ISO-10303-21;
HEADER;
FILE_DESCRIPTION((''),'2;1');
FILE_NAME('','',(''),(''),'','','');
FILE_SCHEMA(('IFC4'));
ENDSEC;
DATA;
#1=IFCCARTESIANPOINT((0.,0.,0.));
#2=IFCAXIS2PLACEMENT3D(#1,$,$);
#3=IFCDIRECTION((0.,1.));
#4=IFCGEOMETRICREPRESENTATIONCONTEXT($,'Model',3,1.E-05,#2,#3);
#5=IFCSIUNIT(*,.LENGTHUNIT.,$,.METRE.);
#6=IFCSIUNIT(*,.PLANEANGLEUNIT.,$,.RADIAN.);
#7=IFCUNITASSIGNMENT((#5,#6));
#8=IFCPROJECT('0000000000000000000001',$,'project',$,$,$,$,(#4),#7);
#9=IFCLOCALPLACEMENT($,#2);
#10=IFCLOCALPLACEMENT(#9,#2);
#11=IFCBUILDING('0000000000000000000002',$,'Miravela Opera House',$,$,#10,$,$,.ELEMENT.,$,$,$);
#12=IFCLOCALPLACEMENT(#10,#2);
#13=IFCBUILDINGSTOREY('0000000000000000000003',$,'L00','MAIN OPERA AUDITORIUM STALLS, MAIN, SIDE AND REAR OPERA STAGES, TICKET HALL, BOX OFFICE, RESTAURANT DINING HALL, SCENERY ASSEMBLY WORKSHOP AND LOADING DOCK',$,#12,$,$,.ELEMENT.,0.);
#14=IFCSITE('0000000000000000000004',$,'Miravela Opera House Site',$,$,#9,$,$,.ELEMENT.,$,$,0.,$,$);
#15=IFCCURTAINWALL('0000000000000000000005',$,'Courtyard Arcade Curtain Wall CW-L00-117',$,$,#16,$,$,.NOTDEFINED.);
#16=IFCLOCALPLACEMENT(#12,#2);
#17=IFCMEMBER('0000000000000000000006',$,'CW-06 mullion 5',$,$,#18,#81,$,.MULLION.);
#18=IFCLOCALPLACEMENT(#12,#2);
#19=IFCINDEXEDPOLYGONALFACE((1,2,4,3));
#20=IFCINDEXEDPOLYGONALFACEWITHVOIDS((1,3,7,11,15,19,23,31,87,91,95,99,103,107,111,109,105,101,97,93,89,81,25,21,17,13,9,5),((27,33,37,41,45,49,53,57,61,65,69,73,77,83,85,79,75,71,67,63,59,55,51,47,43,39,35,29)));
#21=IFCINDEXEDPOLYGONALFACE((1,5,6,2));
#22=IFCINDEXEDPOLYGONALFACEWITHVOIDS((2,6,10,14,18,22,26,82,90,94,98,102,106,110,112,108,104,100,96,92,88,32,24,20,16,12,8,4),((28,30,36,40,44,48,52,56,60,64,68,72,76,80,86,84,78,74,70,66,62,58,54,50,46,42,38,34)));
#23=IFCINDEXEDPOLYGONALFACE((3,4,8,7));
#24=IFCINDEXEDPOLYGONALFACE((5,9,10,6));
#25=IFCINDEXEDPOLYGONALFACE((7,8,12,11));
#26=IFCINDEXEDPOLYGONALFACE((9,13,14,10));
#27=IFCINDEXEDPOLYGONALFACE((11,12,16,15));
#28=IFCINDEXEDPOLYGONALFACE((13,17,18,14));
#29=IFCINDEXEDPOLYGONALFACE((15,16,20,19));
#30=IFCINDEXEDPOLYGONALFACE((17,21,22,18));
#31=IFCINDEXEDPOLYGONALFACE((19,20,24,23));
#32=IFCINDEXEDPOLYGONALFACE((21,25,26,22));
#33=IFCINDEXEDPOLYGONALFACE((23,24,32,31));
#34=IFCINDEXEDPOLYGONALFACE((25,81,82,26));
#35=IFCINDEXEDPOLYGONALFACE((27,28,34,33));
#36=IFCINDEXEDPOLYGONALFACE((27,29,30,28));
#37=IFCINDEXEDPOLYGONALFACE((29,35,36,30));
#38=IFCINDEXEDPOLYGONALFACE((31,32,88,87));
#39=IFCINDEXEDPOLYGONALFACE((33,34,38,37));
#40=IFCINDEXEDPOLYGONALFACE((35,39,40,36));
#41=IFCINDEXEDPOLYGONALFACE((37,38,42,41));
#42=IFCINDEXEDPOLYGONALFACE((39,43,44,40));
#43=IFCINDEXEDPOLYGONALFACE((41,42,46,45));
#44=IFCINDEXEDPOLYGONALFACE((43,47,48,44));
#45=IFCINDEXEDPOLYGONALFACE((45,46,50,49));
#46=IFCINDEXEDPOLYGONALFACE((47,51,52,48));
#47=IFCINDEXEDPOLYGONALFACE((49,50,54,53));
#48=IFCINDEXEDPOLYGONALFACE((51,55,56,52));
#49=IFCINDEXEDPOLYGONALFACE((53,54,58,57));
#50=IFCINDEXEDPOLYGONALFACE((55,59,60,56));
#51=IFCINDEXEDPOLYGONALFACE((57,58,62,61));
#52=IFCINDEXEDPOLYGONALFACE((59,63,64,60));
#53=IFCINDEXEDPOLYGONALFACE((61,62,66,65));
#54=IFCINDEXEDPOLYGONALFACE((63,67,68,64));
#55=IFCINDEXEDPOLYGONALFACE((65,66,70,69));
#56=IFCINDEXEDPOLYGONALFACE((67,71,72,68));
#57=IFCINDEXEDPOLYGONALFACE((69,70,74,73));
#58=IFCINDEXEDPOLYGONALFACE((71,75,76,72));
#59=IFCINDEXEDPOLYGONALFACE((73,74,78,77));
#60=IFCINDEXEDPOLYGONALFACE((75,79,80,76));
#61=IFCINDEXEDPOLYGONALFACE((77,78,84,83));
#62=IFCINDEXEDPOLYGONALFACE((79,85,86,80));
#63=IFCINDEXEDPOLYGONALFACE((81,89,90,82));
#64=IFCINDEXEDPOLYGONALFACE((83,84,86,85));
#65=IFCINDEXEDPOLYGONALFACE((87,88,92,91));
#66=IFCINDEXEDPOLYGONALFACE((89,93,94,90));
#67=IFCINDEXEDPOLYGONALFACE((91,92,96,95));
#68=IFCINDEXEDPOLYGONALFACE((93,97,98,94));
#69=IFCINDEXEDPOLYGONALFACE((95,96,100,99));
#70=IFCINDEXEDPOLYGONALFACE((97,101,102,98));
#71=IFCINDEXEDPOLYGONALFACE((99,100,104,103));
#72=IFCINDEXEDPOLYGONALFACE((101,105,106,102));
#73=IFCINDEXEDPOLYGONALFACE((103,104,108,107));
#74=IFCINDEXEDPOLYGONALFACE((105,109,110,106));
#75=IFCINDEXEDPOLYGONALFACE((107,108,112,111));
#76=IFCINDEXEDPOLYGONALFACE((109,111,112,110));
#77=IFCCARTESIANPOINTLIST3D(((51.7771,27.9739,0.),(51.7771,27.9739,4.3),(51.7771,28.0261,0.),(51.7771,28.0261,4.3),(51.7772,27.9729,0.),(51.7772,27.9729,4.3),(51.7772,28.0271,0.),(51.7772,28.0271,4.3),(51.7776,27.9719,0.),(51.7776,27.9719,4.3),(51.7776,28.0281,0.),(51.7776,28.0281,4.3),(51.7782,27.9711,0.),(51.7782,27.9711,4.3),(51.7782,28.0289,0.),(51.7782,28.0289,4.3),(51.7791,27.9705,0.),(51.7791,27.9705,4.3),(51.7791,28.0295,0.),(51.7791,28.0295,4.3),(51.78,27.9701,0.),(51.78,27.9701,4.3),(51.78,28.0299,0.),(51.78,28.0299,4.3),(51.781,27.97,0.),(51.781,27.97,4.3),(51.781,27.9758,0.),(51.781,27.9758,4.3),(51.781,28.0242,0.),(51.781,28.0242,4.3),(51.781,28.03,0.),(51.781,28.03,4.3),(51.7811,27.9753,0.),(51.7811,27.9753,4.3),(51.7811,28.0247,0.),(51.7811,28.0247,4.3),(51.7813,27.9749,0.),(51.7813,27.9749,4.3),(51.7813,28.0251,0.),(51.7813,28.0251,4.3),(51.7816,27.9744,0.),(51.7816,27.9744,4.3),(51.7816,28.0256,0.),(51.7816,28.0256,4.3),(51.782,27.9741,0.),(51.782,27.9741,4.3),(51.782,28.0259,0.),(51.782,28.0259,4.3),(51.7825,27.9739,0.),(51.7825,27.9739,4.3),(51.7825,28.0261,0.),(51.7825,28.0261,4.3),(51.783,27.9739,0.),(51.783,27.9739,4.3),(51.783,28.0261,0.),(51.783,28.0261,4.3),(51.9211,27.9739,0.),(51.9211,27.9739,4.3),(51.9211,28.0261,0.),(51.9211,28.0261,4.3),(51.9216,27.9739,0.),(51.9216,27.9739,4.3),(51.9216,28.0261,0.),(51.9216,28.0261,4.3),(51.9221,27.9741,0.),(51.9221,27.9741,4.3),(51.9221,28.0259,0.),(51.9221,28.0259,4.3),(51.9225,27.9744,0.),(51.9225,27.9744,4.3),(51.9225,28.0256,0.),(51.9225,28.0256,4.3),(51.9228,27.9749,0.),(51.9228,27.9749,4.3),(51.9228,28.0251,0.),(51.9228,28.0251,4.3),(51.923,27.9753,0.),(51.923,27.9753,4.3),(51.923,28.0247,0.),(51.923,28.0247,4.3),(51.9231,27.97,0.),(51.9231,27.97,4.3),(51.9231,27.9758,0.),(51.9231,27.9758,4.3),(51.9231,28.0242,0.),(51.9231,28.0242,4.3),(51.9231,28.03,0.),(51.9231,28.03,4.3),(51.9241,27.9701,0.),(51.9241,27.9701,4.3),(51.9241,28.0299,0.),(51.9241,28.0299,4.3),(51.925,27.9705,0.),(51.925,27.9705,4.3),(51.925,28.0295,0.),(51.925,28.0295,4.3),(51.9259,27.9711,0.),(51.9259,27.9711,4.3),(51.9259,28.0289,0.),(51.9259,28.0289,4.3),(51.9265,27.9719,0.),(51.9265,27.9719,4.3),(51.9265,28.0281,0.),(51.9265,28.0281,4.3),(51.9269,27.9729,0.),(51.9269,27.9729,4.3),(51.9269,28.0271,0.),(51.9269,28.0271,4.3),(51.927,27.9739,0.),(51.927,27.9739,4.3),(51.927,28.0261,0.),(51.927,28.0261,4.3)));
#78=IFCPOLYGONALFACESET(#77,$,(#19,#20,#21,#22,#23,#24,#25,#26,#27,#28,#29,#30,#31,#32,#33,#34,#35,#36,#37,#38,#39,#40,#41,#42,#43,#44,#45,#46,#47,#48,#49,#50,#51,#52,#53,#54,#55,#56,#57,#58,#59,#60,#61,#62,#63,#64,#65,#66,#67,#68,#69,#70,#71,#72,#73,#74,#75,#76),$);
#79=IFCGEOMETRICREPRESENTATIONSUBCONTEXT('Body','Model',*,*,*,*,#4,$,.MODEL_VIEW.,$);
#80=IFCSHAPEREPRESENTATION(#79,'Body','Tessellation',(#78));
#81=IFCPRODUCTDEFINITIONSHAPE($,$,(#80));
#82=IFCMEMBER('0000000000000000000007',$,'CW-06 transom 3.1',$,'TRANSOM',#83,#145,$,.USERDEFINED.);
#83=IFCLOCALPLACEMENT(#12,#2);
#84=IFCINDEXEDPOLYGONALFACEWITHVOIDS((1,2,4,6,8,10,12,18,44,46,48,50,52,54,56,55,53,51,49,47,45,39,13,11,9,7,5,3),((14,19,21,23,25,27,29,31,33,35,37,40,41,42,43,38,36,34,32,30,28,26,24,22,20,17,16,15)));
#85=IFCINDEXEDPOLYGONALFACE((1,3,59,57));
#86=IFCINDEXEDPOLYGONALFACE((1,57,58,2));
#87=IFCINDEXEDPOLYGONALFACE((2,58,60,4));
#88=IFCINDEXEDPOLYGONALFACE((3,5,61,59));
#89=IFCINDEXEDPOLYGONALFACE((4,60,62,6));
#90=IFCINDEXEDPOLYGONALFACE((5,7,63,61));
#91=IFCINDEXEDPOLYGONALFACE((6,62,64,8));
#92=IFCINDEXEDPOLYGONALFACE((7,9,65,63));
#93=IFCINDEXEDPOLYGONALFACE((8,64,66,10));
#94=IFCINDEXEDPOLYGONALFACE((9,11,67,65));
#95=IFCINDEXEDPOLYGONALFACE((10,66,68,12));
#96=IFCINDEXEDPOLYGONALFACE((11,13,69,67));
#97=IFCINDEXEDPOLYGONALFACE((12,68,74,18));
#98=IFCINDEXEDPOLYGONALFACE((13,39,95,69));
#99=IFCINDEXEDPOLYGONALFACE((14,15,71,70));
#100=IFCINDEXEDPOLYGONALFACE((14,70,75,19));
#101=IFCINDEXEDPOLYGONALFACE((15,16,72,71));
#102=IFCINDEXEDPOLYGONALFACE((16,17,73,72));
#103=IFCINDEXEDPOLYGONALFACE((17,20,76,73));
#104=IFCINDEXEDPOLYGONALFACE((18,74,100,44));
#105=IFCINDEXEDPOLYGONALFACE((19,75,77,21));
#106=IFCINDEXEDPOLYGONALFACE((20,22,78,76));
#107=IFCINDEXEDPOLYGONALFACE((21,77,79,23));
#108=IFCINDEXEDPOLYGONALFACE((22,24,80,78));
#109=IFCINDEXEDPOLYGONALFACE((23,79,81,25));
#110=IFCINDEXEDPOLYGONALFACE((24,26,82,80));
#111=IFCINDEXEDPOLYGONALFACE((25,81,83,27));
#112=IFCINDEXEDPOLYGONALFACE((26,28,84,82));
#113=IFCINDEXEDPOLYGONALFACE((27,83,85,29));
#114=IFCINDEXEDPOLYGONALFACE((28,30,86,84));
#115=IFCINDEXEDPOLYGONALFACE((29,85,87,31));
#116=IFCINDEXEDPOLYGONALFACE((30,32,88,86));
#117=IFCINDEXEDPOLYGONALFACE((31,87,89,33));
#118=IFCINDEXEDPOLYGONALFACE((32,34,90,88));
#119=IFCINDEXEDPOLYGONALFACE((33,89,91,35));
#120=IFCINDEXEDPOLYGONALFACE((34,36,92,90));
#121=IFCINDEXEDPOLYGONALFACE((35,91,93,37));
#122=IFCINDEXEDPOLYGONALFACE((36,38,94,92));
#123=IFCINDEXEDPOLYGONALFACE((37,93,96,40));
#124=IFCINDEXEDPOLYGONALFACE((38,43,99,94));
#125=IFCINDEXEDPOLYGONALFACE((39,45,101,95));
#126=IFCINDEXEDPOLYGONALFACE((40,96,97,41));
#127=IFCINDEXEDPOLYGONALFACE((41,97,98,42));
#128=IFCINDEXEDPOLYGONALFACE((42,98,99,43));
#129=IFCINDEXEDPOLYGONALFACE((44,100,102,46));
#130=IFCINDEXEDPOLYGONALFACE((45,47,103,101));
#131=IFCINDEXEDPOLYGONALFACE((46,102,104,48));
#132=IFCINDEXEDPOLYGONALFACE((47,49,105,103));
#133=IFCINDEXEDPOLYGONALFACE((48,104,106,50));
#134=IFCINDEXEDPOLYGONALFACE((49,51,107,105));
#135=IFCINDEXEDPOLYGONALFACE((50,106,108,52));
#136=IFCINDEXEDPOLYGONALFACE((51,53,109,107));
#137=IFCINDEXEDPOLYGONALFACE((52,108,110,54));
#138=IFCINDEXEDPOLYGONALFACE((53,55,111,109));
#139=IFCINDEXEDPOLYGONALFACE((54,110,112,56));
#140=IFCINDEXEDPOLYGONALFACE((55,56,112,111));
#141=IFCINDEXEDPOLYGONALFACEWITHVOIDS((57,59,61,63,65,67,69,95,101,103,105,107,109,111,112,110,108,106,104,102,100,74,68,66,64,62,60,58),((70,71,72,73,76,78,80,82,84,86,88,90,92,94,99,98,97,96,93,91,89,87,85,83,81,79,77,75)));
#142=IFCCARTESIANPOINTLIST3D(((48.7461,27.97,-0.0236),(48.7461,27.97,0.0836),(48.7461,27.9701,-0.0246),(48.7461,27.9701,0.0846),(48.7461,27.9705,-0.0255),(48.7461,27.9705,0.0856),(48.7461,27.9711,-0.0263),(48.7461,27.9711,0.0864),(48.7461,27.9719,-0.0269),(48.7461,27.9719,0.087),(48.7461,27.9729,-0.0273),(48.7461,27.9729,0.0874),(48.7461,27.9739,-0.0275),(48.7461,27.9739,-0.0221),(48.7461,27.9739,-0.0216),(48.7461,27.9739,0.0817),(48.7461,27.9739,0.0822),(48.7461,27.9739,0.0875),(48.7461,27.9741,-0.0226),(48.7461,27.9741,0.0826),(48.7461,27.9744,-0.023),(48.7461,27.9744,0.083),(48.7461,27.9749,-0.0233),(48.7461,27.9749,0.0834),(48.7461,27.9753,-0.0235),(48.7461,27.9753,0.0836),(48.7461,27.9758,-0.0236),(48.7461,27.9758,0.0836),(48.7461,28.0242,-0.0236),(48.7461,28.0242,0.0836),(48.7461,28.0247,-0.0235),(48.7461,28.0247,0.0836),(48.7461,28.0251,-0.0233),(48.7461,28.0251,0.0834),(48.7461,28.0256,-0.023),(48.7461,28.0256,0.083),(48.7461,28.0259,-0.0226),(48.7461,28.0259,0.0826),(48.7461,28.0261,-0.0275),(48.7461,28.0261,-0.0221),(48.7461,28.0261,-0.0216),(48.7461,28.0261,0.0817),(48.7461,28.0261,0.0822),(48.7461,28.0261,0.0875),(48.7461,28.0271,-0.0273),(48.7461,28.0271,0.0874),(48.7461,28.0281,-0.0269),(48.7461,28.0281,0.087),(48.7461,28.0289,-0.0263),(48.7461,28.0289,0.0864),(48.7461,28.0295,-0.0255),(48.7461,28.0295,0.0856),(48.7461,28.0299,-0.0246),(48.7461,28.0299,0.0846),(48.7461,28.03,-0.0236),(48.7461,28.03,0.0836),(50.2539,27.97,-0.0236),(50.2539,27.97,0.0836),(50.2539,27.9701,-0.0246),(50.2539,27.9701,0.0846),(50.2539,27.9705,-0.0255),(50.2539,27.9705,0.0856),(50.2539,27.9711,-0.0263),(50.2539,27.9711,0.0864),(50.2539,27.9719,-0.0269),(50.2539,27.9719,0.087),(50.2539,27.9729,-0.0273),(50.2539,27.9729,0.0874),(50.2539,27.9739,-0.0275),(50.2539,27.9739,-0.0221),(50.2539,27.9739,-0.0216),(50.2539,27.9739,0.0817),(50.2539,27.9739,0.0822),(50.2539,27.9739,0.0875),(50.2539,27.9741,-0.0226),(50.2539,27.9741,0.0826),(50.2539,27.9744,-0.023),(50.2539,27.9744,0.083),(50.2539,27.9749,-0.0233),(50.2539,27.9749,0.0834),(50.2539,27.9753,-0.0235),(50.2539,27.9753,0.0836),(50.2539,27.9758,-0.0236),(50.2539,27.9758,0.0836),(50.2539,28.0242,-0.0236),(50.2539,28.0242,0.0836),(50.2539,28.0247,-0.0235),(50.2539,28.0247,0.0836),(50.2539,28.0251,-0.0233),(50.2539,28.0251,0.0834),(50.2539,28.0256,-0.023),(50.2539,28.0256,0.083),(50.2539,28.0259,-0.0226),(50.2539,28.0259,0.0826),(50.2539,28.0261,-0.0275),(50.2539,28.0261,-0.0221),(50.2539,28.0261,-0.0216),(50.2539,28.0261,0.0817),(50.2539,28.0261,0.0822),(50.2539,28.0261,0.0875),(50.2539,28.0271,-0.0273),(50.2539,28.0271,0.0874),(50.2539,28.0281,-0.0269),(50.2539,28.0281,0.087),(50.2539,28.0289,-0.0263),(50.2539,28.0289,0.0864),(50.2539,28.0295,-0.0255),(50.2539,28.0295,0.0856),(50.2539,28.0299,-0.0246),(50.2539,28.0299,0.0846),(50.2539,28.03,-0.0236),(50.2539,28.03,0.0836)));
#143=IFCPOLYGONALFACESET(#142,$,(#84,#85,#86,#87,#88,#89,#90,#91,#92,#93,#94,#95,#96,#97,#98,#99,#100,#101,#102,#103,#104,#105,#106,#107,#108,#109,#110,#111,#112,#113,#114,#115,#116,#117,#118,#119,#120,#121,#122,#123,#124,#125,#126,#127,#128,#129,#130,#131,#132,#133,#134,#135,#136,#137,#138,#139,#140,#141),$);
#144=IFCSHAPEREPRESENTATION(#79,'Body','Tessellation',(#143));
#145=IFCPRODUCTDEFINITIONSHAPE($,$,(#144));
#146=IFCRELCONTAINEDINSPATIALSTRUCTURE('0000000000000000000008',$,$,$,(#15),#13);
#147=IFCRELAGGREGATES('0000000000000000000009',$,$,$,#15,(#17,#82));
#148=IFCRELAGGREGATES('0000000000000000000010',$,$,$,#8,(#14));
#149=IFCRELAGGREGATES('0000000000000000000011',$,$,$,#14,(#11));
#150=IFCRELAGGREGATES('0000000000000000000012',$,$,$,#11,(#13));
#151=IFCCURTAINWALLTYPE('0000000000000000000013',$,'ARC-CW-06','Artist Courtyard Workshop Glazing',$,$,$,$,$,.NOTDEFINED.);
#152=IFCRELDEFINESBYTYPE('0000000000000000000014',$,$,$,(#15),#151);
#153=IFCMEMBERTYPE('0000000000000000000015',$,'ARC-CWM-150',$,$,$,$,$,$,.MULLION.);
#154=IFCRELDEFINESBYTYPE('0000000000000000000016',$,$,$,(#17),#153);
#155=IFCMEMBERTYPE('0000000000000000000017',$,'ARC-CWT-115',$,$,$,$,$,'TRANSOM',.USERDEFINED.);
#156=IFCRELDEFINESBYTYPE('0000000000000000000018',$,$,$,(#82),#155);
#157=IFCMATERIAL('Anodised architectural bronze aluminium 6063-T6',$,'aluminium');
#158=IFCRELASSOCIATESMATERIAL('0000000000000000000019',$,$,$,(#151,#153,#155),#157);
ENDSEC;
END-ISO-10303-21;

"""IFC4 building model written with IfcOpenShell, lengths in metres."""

from ifc_helpers import new_model, si_unit, direction, frame, origin, origin_2d, place, context, subcontext, project, spatial, hollow_rectangle, extrude, material, material_profile, profile_set, type_object, element, aggregate, save


model = new_model("IFC4")

# Units and contexts
model_context = context("Model", 3, precision=1e-05, world=origin(), true_north=direction((0.0, 1.0)))
body_context = subcontext(model_context, "Body", "Model", "MODEL_VIEW")
ifc_project = project(units=[si_unit("LENGTHUNIT", "METRE"), si_unit("PLANEANGLEUNIT", "RADIAN")], contexts=[model_context])

# Site, building, storey
site_placement = place(None, origin())
site = spatial("IfcSite", under=ifc_project, at=site_placement, Name="Miravela Opera House Site", CompositionType="ELEMENT", RefElevation=0.0)
building_placement = place(site_placement, origin())
building = spatial("IfcBuilding", under=site, at=building_placement, Name="Miravela Opera House", CompositionType="ELEMENT")
storey_placement = place(building_placement, origin())
storey = spatial("IfcBuildingStorey", under=building, at=storey_placement, Name="L00", Description="MAIN OPERA AUDITORIUM STALLS, MAIN, SIDE AND REAR OPERA STAGES, TICKET HALL, BOX OFFICE, RESTAURANT DINING HALL, SCENERY ASSEMBLY WORKSHOP AND LOADING DOCK", CompositionType="ELEMENT", Elevation=0.0)

# Curtain wall, members
ifc_material_1 = material(Name="Anodised architectural bronze aluminium 6063-T6", Category="aluminium")
curtain_wall_type = type_object("IfcCurtainWallType", Name="ARC-CW-06", Description="Artist Courtyard Workshop Glazing", PredefinedType="NOTDEFINED", material=ifc_material_1)
curtain_wall_placement = place(storey_placement, origin())
curtain_wall = element("IfcCurtainWall", 1, at=curtain_wall_placement, inside=storey, type_object=curtain_wall_type, Name="Courtyard Arcade Curtain Wall CW-L00-117", PredefinedType="NOTDEFINED")
ifc_material_profile_1 = material_profile(ifc_material_1, hollow_rectangle(XDim=0.0601, YDim=0.1499, WallThickness=0.0039, InnerFilletRadius=0.002, OuterFilletRadius=0.0039, at=origin_2d()), Name="CWM-60X150")
ifc_profile_set_1 = profile_set([ifc_material_profile_1])
member_type_1 = type_object("IfcMemberType", Name="ARC-CWM-150", PredefinedType="MULLION", material=ifc_profile_set_1)
member_1_placement = place(storey_placement, frame((51.8521, 28.0, 0.0), z_axis=(0.0, 0.0, 1.0), x_axis=(0.0, 1.0, 0.0)))
member_1 = element("IfcMember", 2, at=member_1_placement, type_object=member_type_1, Name="CW-06 mullion 5", PredefinedType="MULLION", context=body_context, shape_type="SweptSolid", body=[
    extrude(hollow_rectangle(XDim=0.0601, YDim=0.1499, WallThickness=0.0039, InnerFilletRadius=0.002, OuterFilletRadius=0.0039, at=origin_2d()), origin(), (0.0, 0.0, 1.0), 4.3),
])
ifc_material_profile_2 = material_profile(ifc_material_1, hollow_rectangle(XDim=0.0601, YDim=0.115, WallThickness=0.0039, InnerFilletRadius=0.002, OuterFilletRadius=0.0039, at=origin_2d()), Name="CWT-60X115")
ifc_profile_set_2 = profile_set([ifc_material_profile_2])
member_type_2 = type_object("IfcMemberType", Name="ARC-CWT-115", ElementType="TRANSOM", PredefinedType="USERDEFINED", material=ifc_profile_set_2)
member_2_placement = place(storey_placement, frame((48.7461, 28.0, 0.03), z_axis=(1.0, 0.0, 0.0), x_axis=(0.0, 1.0, 0.0)))
member_2 = element("IfcMember", 3, at=member_2_placement, type_object=member_type_2, Name="CW-06 transom 3.1", ObjectType="TRANSOM", PredefinedType="USERDEFINED", context=body_context, shape_type="SweptSolid", body=[
    extrude(hollow_rectangle(XDim=0.0601, YDim=0.115, WallThickness=0.0039, InnerFilletRadius=0.002, OuterFilletRadius=0.0039, at=origin_2d()), origin(), (0.0, 0.0, 1.0), 1.5078),
])
aggregate(curtain_wall, [member_1, member_2])

save(model, "model.ifc")
